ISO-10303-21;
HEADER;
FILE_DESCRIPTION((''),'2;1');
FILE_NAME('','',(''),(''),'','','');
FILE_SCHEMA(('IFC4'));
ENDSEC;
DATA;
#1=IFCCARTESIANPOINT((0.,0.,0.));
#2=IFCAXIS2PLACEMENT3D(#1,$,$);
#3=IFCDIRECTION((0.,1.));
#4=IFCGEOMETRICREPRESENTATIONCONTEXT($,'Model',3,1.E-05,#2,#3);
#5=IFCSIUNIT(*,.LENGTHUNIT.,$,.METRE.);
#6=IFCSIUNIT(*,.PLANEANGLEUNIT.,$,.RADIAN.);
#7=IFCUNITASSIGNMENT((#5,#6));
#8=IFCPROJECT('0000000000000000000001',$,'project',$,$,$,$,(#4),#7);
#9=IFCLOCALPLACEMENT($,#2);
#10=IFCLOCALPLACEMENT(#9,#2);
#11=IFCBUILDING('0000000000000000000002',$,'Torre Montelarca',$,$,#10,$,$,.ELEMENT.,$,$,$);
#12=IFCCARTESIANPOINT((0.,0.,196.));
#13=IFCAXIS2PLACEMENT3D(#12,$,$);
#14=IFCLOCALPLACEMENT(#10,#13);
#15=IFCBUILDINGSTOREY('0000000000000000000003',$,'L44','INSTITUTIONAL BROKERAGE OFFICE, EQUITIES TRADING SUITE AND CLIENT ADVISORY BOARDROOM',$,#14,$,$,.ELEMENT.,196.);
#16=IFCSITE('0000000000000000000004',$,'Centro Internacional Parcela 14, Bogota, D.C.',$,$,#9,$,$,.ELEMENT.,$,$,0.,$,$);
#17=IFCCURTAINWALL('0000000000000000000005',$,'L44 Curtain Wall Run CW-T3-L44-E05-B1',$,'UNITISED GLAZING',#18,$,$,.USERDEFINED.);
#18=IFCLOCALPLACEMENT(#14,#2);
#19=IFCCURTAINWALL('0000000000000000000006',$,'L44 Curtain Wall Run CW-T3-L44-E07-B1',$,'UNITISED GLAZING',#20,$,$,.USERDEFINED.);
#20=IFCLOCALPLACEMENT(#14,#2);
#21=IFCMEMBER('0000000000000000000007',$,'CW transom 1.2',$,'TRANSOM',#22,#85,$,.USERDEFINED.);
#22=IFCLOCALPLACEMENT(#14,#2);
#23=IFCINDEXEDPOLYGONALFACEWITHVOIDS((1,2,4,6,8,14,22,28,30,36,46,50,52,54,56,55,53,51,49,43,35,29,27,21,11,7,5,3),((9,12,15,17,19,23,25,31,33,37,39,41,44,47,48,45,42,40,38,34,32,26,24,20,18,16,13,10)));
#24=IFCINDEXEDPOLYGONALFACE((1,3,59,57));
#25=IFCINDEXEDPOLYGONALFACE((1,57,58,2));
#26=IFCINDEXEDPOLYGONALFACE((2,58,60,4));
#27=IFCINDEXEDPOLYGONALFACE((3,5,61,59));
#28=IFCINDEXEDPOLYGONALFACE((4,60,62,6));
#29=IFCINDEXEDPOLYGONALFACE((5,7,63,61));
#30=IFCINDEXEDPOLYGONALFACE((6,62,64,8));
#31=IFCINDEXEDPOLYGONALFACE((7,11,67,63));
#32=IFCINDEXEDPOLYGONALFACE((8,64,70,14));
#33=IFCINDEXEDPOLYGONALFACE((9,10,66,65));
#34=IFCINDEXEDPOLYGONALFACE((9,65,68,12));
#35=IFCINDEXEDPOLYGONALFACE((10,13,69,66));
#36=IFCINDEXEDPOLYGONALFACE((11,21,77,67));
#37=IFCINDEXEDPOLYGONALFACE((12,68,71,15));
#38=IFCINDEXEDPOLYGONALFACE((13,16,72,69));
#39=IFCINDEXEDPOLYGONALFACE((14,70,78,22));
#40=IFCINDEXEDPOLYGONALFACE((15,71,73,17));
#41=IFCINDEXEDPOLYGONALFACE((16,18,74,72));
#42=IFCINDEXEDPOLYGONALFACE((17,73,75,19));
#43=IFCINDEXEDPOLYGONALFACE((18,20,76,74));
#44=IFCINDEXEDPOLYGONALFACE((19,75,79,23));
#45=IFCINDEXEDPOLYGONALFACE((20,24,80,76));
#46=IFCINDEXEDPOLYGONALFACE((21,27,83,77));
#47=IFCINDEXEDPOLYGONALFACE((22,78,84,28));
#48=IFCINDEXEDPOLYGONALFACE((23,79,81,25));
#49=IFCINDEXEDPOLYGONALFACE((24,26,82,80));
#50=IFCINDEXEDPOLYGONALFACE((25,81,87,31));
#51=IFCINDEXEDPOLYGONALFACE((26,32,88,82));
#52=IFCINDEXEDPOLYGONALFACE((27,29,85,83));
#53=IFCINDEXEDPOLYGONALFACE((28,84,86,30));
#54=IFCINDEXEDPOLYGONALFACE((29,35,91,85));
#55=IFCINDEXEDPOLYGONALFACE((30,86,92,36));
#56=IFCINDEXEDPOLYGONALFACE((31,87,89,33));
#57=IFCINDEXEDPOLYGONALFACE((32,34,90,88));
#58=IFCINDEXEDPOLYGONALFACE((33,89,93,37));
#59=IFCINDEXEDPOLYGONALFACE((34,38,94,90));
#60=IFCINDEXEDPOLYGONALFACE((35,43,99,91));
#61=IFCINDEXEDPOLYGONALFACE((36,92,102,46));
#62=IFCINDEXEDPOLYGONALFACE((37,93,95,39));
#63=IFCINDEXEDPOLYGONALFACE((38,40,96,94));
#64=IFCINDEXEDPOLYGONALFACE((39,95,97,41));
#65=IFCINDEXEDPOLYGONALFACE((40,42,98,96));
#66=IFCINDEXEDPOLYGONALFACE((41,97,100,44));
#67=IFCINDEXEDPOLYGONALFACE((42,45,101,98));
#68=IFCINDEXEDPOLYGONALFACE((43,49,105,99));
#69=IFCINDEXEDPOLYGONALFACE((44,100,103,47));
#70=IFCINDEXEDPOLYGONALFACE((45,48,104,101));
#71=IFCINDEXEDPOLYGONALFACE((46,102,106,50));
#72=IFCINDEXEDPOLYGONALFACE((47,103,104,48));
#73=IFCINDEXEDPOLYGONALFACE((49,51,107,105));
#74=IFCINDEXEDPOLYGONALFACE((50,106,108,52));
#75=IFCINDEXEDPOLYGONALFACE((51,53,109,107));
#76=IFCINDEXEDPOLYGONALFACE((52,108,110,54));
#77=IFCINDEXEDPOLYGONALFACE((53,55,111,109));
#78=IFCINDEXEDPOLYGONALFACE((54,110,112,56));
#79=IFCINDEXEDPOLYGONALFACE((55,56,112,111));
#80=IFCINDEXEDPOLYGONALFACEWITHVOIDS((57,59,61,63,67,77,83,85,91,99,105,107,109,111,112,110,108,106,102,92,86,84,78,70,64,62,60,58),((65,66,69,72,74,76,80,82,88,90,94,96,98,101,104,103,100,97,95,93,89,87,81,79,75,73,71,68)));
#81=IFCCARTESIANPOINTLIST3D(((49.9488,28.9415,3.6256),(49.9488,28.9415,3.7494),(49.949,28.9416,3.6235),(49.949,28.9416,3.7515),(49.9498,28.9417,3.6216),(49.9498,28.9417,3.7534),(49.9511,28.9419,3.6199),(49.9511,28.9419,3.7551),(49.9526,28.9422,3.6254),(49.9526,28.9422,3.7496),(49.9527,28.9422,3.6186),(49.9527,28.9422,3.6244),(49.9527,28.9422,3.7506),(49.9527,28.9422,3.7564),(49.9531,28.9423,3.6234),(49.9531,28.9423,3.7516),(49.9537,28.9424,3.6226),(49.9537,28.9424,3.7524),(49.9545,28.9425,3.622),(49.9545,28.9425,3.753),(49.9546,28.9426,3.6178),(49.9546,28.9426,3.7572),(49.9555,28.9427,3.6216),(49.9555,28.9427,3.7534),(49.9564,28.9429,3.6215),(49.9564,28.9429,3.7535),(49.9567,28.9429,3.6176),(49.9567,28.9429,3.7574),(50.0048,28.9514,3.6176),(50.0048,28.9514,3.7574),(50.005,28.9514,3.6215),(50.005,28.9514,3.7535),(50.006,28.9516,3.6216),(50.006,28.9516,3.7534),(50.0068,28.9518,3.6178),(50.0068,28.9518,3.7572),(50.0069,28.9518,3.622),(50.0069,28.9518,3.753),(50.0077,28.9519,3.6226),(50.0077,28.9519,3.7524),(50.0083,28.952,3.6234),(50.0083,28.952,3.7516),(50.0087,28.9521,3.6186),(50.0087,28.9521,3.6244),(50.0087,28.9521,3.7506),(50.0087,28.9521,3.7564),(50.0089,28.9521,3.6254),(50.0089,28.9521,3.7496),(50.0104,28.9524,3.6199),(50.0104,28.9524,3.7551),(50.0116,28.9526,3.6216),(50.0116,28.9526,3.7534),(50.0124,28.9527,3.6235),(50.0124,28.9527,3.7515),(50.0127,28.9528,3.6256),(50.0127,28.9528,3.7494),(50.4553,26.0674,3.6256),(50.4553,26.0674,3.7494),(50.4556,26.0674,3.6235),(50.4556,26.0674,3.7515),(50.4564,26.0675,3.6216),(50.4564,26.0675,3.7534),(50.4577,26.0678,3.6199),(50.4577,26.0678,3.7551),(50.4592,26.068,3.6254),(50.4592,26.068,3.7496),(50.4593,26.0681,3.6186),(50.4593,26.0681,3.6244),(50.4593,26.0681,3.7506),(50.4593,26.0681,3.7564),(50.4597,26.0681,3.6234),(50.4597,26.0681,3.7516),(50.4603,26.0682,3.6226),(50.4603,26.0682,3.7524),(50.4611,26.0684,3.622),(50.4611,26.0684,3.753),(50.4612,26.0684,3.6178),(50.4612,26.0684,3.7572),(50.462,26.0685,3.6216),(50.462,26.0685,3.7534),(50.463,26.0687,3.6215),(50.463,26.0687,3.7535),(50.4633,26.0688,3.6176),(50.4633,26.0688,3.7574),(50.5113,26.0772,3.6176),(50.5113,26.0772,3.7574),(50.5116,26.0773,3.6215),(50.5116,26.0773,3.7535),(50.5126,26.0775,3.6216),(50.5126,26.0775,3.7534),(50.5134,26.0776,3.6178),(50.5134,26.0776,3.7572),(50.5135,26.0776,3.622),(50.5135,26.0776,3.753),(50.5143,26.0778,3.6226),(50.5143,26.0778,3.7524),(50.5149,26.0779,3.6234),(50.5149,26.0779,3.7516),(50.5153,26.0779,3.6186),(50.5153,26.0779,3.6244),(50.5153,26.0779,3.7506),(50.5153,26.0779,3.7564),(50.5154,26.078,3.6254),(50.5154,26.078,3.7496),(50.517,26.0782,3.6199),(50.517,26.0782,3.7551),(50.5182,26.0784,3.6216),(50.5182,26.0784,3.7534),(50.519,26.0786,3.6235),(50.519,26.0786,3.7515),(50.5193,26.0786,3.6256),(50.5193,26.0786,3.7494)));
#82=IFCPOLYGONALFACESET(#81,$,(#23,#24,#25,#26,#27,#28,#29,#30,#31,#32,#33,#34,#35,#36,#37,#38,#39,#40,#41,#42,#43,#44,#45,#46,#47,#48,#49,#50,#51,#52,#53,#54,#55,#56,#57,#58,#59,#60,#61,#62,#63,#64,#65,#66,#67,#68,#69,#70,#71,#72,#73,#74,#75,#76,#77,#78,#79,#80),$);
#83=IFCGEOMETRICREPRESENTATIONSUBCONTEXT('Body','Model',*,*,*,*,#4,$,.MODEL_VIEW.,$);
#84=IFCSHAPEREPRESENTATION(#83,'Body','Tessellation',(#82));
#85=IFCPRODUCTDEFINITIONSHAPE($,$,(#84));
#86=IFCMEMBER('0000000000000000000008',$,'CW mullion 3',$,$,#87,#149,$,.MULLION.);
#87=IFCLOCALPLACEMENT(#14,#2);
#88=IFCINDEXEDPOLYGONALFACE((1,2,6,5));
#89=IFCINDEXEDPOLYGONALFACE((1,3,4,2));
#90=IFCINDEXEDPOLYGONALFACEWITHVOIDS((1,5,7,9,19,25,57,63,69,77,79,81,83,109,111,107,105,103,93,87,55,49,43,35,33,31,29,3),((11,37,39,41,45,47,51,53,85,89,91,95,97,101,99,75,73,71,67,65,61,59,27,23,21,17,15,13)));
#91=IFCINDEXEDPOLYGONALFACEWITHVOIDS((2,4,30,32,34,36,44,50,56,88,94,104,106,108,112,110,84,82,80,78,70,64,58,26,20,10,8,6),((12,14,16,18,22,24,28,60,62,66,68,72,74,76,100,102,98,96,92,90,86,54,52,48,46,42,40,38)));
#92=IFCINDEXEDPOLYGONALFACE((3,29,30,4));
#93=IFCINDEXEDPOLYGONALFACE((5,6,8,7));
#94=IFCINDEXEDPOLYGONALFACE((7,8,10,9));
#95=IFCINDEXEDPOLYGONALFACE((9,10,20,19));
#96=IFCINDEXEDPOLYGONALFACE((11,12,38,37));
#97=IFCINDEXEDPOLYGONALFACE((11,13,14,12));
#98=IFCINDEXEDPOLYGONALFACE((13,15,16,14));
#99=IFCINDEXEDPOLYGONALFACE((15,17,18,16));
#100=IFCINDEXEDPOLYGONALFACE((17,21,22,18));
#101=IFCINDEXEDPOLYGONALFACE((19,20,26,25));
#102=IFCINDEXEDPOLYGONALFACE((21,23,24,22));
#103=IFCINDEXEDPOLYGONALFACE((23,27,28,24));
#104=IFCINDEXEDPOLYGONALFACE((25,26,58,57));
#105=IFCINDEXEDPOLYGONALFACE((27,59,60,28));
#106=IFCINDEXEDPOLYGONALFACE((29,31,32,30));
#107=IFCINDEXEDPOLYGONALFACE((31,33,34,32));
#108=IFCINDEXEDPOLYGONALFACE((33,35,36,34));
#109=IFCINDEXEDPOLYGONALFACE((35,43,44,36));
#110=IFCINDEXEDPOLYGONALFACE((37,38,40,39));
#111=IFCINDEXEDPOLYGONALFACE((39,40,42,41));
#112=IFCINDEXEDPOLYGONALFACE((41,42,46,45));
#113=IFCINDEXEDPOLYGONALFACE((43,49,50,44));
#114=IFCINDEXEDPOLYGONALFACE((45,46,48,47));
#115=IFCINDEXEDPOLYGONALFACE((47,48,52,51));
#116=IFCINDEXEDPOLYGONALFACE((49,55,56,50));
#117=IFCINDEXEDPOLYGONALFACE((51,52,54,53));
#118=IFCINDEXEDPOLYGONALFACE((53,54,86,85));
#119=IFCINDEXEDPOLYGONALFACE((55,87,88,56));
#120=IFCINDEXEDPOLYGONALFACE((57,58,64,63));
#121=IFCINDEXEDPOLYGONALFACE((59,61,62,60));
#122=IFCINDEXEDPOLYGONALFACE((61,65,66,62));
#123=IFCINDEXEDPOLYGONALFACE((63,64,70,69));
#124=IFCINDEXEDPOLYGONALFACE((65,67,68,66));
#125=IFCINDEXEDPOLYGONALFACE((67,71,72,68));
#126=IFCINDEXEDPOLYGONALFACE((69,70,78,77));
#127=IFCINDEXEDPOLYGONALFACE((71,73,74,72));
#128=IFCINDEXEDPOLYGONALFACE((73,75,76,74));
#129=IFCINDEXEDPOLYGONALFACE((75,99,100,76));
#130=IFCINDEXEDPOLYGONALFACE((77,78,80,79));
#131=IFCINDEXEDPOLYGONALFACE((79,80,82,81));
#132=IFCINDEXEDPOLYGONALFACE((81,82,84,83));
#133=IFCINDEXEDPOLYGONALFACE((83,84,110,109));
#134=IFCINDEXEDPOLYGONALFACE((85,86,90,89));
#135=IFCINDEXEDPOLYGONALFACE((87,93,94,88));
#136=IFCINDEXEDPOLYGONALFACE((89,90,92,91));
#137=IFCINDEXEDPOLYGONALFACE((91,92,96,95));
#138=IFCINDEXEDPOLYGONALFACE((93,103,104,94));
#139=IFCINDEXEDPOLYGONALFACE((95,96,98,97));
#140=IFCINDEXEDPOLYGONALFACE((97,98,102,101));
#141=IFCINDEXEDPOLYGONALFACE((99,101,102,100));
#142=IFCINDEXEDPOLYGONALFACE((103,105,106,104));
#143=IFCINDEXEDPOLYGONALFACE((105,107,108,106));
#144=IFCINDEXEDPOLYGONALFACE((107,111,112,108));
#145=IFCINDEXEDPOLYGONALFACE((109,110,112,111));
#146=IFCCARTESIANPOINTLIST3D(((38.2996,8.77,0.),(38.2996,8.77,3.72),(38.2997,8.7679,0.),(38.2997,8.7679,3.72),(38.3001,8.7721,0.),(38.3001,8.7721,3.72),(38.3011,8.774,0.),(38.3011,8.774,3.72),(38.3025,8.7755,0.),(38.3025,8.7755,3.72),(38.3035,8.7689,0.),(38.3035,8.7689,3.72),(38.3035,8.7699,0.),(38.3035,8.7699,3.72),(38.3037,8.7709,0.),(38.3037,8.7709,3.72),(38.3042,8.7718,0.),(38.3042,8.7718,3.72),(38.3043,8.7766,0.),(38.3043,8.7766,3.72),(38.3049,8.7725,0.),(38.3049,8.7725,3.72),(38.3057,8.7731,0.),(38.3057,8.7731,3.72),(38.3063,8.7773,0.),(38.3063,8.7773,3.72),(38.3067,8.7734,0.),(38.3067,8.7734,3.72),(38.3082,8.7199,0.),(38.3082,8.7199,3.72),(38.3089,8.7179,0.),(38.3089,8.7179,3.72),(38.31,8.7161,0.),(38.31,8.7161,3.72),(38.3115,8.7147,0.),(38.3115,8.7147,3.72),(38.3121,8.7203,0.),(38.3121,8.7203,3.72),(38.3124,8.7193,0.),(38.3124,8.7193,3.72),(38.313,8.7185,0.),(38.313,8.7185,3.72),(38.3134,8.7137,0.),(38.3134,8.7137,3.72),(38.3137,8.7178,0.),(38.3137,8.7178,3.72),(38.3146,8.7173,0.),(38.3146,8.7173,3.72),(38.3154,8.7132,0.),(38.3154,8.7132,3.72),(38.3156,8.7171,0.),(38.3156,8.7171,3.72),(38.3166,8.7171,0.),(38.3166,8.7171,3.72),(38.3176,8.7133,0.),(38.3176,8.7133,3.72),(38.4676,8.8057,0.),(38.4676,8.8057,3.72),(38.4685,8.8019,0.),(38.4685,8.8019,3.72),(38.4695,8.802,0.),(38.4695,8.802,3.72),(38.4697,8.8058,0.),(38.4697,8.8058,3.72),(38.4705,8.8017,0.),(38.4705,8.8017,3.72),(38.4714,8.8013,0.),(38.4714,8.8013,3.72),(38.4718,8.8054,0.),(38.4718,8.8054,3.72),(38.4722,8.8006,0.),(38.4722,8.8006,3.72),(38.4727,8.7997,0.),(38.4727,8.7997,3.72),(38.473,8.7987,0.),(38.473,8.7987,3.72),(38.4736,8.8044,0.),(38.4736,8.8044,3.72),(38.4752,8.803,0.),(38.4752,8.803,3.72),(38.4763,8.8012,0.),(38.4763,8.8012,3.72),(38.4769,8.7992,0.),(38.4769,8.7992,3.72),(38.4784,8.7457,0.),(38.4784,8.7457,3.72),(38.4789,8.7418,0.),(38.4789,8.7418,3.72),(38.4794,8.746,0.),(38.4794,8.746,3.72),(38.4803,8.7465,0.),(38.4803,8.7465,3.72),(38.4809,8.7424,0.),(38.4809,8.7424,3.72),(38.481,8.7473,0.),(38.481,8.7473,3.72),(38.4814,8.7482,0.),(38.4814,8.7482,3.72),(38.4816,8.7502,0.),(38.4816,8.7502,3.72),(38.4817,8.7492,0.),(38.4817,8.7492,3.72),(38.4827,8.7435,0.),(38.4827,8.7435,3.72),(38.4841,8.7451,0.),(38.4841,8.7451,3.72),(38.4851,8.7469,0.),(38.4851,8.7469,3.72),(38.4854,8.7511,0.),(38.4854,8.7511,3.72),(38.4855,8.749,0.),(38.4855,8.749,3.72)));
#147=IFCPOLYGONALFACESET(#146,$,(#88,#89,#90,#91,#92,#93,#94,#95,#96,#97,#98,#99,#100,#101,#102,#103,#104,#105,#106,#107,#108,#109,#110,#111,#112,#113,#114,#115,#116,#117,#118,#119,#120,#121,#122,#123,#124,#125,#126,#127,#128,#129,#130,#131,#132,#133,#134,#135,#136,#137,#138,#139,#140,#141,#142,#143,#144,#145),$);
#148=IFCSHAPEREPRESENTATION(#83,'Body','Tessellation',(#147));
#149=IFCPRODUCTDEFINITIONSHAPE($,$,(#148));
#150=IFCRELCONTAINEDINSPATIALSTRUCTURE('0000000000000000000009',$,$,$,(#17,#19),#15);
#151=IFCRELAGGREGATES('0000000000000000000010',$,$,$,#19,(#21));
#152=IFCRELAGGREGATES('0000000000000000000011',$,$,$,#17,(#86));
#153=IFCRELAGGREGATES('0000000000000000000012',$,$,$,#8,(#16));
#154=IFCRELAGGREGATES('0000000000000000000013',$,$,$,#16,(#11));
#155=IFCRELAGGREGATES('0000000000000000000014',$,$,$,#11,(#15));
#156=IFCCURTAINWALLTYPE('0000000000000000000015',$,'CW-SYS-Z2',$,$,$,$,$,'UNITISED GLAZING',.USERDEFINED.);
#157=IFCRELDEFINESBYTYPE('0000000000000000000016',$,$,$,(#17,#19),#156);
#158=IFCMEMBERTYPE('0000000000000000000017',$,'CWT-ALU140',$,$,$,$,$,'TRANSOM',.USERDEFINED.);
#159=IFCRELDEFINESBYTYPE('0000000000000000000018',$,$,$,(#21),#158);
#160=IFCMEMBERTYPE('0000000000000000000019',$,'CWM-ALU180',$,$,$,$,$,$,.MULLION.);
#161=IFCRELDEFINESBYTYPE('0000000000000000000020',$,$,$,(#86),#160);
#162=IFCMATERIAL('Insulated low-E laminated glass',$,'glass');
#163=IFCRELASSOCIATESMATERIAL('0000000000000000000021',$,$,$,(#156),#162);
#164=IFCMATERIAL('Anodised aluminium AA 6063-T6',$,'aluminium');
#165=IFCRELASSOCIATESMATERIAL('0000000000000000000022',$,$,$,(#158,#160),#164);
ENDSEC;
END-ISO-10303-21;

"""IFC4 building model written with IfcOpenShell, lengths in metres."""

from ifc_helpers import new_model, si_unit, direction, frame, origin, origin_2d, place, context, subcontext, project, spatial, hollow_rectangle, extrude, source, transform, mapped, material, material_profile, profile_set, type_object, element, aggregate, save


model = new_model("IFC4")

# Units and contexts
model_context = context("Model", 3, precision=1e-05, world=origin(), true_north=direction((0.0, 1.0)))
body_context = subcontext(model_context, "Body", "Model", "MODEL_VIEW")
ifc_project = project(units=[si_unit("LENGTHUNIT", "METRE"), si_unit("PLANEANGLEUNIT", "RADIAN")], contexts=[model_context])

# Site, building, storey
site_placement = place(None, origin())
site = spatial("IfcSite", under=ifc_project, at=site_placement, Name="Centro Internacional Parcela 14, Bogota, D.C.", CompositionType="ELEMENT", RefElevation=0.0)
building_placement = place(site_placement, origin())
building = spatial("IfcBuilding", under=site, at=building_placement, Name="Torre Montelarca", CompositionType="ELEMENT")
storey_placement = place(building_placement, frame((0.0, 0.0, 196.0)))
storey = spatial("IfcBuildingStorey", under=building, at=storey_placement, Name="L44", Description="INSTITUTIONAL BROKERAGE OFFICE, EQUITIES TRADING SUITE AND CLIENT ADVISORY BOARDROOM", CompositionType="ELEMENT", Elevation=196.0)

# Curtain wall
ifc_material_1 = material(Name="Insulated low-E laminated glass", Category="glass")
curtain_wall_type = type_object("IfcCurtainWallType", Name="CW-SYS-Z2", ElementType="UNITISED GLAZING", PredefinedType="USERDEFINED", material=ifc_material_1)
curtain_wall_1_placement = place(storey_placement, origin())
curtain_wall_1 = element("IfcCurtainWall", 1, at=curtain_wall_1_placement, inside=storey, type_object=curtain_wall_type, Name="L44 Curtain Wall Run CW-T3-L44-E05-B1", ObjectType="UNITISED GLAZING", PredefinedType="USERDEFINED")
ifc_material_2 = material(Name="Anodised aluminium AA 6063-T6", Category="aluminium")
ifc_material_profile_1 = material_profile(ifc_material_2, hollow_rectangle(XDim=0.0649, YDim=0.1399, WallThickness=0.0039, InnerFilletRadius=0.0039, OuterFilletRadius=0.0081, at=origin_2d()), Name="ALU65X140X4", Category="aluminium")
ifc_profile_set_1 = profile_set([ifc_material_profile_1], Name="Anodised aluminium AA 6063-T6")
member_type_1 = type_object("IfcMemberType", Name="CWT-ALU140", ElementType="TRANSOM", PredefinedType="USERDEFINED", material=ifc_profile_set_1)

# Curtain wall, member
curtain_wall_2_placement = place(storey_placement, origin())
curtain_wall_2 = element("IfcCurtainWall", 2, at=curtain_wall_2_placement, inside=storey, type_object=curtain_wall_type, Name="L44 Curtain Wall Run CW-T3-L44-E07-B1", ObjectType="UNITISED GLAZING", PredefinedType="USERDEFINED")
shared_shape_1 = source(origin(), body_context, "Body", "SweptSolid", [
    extrude(hollow_rectangle(XDim=0.0649, YDim=0.1399, WallThickness=0.0039, InnerFilletRadius=0.0039, OuterFilletRadius=0.0081, at=origin_2d()), origin(), (0.0, 0.0, 1.0), 2.9185),
])
member_1_placement = place(storey_placement, frame((50.4873, 26.073, 3.6875), z_axis=(-0.173575, 0.984821, 0.0), x_axis=(-0.984821, -0.173575, 0.0)))
member_1 = element("IfcMember", 3, at=member_1_placement, type_object=member_type_1, Name="CW transom 1.2", ObjectType="TRANSOM", PredefinedType="USERDEFINED", context=body_context, shape_type="MappedRepresentation", body=[
    mapped(shared_shape_1, transform((0.0, 0.0, 0.0), scale=1.0)),
])

# Member
ifc_material_profile_2 = material_profile(ifc_material_2, hollow_rectangle(XDim=0.0649, YDim=0.1799, WallThickness=0.0039, InnerFilletRadius=0.0039, OuterFilletRadius=0.0081, at=origin_2d()), Name="ALU65X180X4", Category="aluminium")
ifc_profile_set_2 = profile_set([ifc_material_profile_2], Name="Anodised aluminium AA 6063-T6")
member_type_2 = type_object("IfcMemberType", Name="CWM-ALU180", PredefinedType="MULLION", material=ifc_profile_set_2)
shared_shape_2 = source(origin(), body_context, "Body", "SweptSolid", [
    extrude(hollow_rectangle(XDim=0.0649, YDim=0.1799, WallThickness=0.0039, InnerFilletRadius=0.0039, OuterFilletRadius=0.0081, at=origin_2d()), origin(), (0.0, 0.0, 1.0), 3.72),
])
member_2_placement = place(storey_placement, frame((38.3926, 8.7595, 0.0), z_axis=(0.0, 0.0, 1.0), x_axis=(-0.173634, 0.98481, 0.0)))
member_2 = element("IfcMember", 4, at=member_2_placement, type_object=member_type_2, Name="CW mullion 3", PredefinedType="MULLION", context=body_context, shape_type="MappedRepresentation", body=[
    mapped(shared_shape_2, transform((0.0, 0.0, 0.0), scale=1.0)),
])

aggregate(curtain_wall_2, [member_1])

aggregate(curtain_wall_1, [member_2])

save(model, "model.ifc")
